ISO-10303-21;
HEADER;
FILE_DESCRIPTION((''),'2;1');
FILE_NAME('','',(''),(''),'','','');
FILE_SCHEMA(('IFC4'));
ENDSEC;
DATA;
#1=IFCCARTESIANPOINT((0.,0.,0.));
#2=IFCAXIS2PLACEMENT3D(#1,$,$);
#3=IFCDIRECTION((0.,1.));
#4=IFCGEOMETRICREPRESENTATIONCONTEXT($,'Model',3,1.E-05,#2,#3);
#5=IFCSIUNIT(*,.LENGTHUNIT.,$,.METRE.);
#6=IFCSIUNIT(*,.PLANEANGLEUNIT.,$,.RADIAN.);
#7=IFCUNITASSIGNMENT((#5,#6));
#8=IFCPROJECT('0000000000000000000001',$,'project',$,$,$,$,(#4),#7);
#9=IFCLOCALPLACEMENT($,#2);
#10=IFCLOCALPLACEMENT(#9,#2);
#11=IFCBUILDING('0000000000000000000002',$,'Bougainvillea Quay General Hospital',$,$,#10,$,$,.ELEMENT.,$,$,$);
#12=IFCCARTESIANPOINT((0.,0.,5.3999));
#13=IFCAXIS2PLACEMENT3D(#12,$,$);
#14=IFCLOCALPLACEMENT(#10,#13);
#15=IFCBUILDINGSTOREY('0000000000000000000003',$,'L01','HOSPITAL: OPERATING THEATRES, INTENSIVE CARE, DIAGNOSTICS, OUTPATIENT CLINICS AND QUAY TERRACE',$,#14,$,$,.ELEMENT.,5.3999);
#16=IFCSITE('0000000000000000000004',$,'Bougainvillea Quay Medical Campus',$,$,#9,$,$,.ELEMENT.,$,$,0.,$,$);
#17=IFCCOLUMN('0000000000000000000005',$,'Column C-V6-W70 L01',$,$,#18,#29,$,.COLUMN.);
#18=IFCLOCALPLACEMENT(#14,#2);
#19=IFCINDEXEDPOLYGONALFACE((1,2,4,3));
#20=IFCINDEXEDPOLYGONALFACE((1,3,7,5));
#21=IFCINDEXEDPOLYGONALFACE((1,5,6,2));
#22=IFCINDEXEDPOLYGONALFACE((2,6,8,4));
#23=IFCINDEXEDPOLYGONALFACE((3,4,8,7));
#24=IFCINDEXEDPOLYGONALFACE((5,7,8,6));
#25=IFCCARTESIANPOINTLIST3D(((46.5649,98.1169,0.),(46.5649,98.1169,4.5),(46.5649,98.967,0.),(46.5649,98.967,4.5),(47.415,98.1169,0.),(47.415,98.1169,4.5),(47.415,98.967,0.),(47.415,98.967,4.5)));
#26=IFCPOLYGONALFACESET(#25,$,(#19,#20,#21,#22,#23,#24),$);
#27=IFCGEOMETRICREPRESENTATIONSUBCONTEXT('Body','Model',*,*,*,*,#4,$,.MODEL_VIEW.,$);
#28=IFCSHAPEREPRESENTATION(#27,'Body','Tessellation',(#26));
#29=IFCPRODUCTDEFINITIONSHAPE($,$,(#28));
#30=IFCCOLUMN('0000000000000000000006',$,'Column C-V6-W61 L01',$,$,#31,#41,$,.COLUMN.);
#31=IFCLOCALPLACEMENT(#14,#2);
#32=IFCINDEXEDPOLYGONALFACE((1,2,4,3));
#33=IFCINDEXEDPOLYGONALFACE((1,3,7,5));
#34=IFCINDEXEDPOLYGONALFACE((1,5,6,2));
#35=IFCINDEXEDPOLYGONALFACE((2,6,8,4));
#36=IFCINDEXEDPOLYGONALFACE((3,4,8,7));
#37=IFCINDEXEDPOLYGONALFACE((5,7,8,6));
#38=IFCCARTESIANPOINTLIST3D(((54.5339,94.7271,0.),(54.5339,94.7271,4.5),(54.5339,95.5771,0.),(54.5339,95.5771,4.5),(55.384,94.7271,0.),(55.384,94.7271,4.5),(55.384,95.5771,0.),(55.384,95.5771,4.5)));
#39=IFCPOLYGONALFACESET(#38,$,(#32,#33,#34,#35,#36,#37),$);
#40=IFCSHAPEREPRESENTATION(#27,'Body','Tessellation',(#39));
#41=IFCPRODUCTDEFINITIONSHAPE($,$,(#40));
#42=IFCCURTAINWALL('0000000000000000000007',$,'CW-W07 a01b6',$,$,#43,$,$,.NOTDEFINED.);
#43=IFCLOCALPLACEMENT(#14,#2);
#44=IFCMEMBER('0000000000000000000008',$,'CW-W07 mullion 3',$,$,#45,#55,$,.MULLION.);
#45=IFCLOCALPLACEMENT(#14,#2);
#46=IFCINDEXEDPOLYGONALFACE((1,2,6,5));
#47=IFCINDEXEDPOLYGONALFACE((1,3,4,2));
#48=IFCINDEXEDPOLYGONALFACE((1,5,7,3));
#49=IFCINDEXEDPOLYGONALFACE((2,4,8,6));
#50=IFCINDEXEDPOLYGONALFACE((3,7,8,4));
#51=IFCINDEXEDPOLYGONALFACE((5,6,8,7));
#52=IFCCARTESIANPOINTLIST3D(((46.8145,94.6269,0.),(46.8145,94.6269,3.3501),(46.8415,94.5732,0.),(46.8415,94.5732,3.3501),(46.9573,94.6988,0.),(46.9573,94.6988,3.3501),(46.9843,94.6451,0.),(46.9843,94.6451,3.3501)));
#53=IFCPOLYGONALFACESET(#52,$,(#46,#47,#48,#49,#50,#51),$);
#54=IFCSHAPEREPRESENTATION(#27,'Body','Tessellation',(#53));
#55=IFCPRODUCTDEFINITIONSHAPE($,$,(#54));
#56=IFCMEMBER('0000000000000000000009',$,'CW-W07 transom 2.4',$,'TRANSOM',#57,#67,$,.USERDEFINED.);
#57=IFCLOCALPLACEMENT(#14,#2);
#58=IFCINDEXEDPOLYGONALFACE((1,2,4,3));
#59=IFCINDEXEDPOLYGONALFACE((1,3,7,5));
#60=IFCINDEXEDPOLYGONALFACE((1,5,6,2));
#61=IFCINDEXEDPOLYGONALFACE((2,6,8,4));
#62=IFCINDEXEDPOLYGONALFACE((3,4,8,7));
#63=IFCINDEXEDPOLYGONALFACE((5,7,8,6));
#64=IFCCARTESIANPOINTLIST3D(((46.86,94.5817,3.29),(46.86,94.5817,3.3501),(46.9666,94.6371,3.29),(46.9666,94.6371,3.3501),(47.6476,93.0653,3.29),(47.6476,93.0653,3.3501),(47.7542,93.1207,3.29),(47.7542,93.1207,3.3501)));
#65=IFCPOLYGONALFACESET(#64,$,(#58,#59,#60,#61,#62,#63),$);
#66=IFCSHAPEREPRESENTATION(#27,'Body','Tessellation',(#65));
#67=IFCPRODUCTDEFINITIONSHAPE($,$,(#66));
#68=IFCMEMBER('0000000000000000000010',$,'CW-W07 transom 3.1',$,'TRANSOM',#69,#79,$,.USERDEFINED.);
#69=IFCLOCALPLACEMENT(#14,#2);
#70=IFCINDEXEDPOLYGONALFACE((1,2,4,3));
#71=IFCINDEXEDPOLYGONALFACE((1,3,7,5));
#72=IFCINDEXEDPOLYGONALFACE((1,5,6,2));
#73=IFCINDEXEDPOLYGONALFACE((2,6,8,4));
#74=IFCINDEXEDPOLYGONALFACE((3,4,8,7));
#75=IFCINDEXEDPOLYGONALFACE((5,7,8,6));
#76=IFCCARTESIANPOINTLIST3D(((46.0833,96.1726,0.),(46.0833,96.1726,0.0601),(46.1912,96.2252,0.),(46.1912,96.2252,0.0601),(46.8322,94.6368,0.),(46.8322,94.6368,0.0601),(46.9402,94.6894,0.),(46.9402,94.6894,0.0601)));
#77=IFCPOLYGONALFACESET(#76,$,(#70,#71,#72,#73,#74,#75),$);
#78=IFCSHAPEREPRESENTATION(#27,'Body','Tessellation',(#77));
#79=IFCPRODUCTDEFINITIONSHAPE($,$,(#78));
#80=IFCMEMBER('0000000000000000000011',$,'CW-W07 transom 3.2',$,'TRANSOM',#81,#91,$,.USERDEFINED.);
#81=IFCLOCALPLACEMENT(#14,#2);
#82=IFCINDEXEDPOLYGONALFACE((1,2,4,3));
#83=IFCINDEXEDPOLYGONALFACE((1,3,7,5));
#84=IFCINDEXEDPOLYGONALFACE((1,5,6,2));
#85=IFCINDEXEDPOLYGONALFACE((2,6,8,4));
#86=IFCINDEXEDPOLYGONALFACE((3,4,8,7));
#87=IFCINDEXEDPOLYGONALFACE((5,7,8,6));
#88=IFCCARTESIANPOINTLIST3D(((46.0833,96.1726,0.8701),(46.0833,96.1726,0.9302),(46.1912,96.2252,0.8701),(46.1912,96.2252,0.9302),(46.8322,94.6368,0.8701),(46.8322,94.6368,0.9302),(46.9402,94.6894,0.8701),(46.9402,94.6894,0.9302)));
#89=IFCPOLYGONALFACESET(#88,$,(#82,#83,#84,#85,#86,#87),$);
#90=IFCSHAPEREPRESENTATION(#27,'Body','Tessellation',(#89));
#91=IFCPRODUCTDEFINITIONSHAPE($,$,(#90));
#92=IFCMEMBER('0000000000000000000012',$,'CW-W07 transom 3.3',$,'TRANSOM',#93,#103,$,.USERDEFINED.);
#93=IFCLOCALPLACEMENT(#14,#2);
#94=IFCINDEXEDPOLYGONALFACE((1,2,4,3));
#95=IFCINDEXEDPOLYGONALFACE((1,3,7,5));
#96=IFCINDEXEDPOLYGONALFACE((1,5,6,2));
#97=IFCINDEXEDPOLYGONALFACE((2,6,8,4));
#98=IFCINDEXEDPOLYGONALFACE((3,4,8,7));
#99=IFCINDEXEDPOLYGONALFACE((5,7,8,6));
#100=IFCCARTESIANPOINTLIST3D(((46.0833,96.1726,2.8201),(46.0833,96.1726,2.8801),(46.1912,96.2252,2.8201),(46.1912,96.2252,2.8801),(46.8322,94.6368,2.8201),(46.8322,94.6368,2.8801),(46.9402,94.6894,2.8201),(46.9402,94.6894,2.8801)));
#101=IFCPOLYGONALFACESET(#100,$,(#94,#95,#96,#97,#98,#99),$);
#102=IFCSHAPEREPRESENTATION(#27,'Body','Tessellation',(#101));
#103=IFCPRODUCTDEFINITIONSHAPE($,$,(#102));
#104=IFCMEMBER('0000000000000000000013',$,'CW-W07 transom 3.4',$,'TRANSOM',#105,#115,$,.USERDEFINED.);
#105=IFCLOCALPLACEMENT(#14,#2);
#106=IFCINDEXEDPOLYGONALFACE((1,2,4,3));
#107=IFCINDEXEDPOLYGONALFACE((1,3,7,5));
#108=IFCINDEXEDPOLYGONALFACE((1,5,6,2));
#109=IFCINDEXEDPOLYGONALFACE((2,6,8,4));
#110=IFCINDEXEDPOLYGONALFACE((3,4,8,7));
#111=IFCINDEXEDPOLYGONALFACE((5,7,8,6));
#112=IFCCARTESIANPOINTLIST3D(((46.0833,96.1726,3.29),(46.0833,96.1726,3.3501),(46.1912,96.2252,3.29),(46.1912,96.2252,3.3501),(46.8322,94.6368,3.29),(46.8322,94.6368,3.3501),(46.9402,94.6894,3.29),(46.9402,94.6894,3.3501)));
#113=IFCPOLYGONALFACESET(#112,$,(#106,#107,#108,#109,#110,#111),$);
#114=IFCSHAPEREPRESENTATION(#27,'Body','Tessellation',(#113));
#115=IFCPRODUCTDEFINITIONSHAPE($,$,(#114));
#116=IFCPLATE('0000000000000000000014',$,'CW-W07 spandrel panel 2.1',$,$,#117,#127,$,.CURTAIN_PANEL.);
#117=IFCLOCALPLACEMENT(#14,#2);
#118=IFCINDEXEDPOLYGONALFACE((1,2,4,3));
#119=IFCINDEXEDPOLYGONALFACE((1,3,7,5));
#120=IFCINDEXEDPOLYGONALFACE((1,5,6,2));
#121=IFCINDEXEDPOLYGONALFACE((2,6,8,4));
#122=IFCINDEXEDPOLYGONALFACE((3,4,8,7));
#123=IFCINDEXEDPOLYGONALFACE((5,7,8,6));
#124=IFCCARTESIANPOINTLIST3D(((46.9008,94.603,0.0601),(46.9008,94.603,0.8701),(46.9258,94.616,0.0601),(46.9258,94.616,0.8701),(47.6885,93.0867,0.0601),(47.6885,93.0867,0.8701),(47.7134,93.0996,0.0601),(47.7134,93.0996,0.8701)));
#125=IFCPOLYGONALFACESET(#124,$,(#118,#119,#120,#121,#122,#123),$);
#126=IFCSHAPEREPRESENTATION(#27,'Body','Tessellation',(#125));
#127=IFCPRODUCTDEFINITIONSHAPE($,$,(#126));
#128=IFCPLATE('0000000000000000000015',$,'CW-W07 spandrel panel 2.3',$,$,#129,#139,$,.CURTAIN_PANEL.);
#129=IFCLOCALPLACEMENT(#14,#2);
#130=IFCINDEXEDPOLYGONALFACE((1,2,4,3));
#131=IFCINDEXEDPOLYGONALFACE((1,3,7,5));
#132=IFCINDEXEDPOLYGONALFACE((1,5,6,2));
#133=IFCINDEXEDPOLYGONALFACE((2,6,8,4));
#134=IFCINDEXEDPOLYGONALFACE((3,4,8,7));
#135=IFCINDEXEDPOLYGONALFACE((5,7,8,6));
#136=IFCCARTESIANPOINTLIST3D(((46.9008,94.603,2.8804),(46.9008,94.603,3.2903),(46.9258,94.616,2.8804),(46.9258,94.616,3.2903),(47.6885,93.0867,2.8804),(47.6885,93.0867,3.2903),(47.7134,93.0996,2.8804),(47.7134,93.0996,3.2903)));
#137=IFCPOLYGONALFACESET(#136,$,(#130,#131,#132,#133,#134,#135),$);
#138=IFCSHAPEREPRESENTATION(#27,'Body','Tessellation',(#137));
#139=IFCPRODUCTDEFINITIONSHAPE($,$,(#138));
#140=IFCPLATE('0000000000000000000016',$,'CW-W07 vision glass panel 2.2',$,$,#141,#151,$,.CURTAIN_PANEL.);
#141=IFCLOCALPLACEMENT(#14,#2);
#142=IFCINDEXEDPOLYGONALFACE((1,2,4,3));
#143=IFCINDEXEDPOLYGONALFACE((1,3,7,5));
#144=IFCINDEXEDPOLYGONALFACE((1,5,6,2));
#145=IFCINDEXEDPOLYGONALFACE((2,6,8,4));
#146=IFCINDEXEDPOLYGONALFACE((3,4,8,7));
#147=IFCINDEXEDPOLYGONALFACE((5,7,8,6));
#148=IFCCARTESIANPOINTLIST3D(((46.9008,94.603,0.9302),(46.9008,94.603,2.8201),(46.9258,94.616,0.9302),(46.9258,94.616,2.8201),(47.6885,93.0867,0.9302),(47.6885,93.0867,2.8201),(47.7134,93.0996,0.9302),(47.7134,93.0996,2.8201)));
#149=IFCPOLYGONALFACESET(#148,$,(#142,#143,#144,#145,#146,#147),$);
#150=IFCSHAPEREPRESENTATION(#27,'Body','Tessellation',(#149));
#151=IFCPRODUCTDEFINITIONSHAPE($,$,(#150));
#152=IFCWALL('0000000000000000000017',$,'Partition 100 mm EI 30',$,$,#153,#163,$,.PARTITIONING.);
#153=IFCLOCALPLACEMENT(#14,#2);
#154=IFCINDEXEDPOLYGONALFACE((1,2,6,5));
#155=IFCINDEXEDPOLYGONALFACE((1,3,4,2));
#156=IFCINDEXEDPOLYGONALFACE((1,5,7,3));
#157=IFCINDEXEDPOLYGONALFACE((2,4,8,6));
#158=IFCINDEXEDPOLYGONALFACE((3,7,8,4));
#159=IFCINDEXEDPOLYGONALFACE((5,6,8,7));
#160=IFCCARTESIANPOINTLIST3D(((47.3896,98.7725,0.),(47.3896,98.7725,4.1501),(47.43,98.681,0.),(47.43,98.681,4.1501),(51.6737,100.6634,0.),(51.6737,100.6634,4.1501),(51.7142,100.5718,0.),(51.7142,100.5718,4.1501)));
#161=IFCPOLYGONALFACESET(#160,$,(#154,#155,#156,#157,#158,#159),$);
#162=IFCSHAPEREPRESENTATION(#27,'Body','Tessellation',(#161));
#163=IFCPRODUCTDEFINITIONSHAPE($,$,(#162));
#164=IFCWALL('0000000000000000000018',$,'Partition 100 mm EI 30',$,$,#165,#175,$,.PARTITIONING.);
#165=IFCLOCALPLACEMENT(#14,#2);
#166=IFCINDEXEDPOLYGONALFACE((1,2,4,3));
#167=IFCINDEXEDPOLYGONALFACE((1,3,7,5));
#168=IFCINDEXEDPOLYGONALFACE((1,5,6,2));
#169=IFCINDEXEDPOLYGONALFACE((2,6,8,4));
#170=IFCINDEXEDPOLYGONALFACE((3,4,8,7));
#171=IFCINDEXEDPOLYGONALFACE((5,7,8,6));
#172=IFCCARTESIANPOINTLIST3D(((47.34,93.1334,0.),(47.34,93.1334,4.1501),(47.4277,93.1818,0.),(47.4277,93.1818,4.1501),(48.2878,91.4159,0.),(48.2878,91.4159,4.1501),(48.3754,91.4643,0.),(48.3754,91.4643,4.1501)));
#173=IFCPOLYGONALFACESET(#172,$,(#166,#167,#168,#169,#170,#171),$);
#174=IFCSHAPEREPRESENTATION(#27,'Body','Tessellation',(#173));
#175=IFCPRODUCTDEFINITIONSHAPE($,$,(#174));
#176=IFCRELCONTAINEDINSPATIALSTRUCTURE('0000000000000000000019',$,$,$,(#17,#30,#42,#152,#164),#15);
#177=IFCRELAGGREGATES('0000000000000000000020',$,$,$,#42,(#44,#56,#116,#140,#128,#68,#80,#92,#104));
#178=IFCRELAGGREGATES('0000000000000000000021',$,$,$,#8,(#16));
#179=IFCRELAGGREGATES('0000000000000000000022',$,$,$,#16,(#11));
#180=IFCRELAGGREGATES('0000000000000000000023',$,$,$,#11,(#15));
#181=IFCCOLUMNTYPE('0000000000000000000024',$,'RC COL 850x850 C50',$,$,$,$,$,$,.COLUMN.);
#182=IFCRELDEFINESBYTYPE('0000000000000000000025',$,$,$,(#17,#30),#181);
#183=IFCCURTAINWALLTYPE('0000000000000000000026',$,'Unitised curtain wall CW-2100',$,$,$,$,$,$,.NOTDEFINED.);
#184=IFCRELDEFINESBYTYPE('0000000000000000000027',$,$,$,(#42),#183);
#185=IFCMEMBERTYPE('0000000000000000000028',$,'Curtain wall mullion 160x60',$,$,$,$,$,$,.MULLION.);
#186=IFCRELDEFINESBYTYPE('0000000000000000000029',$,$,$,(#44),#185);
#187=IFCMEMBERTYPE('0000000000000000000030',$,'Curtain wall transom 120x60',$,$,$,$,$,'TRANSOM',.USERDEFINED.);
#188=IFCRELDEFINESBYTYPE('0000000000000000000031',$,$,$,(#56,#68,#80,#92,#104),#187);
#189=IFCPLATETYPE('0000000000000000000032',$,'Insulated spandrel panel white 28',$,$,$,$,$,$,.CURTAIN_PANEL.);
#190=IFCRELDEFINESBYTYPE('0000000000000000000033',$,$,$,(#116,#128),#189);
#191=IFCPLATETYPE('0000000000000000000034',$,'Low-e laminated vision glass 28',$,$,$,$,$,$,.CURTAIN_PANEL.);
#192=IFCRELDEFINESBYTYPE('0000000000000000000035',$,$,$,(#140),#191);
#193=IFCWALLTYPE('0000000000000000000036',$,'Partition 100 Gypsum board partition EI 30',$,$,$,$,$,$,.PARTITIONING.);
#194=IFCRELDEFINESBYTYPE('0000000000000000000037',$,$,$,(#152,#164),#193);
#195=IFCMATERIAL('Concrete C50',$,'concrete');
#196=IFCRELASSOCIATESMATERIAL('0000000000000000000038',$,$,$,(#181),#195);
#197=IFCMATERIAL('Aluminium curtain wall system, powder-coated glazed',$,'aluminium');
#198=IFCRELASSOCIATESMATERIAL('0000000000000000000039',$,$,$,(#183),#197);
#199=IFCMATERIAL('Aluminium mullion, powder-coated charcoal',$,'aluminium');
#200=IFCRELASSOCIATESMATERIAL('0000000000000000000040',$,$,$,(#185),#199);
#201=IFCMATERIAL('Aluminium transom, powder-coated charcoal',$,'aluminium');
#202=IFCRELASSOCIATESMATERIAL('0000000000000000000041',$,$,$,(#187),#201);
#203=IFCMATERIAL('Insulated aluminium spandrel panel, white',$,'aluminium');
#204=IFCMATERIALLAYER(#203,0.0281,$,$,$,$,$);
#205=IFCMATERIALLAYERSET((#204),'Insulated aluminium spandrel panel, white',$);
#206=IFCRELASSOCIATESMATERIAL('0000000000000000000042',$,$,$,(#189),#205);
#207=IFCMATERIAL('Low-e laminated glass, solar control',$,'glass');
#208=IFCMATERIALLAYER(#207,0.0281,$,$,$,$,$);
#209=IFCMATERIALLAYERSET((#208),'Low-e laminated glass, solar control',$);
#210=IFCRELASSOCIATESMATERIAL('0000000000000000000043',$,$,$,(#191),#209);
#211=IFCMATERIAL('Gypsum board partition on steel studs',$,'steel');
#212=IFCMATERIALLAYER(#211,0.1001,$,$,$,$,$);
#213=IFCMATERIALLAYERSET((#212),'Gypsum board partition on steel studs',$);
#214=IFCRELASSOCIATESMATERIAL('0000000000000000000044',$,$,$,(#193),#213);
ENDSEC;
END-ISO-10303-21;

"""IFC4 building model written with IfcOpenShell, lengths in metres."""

from ifc_helpers import new_model, si_unit, direction, frame, frame_2d, origin, origin_2d, place, context, subcontext, project, spatial, rectangle, extrude, material, layer, layer_set, material_profile, profile_set, type_object, element, aggregate, save


model = new_model("IFC4")

# Units and contexts
model_context = context("Model", 3, precision=1e-05, world=origin(), true_north=direction((0.0, 1.0)))
body_context = subcontext(model_context, "Body", "Model", "MODEL_VIEW")
ifc_project = project(units=[si_unit("LENGTHUNIT", "METRE"), si_unit("PLANEANGLEUNIT", "RADIAN")], contexts=[model_context])

# Site, building, storey
site_placement = place(None, origin())
site = spatial("IfcSite", under=ifc_project, at=site_placement, Name="Bougainvillea Quay Medical Campus", CompositionType="ELEMENT", RefElevation=0.0)
building_placement = place(site_placement, origin())
building = spatial("IfcBuilding", under=site, at=building_placement, Name="Bougainvillea Quay General Hospital", CompositionType="ELEMENT")
storey_placement = place(building_placement, frame((0.0, 0.0, 5.3999)))
storey = spatial("IfcBuildingStorey", under=building, at=storey_placement, Name="L01", Description="HOSPITAL: OPERATING THEATRES, INTENSIVE CARE, DIAGNOSTICS, OUTPATIENT CLINICS AND QUAY TERRACE", CompositionType="ELEMENT", Elevation=5.3999)

# Columns
ifc_material_1 = material(Name="Concrete C50", Category="concrete")
ifc_material_profile_1 = material_profile(ifc_material_1, rectangle(XDim=0.8501, YDim=0.8501, at=origin_2d()))
ifc_profile_set_1 = profile_set([ifc_material_profile_1], Name="Concrete C50")
column_type = type_object("IfcColumnType", Name="RC COL 850x850 C50", PredefinedType="COLUMN", material=ifc_profile_set_1)
for number, where, z_axis, x_axis, name in (
    (1, (46.99, 98.542, 0.0), (0.0, 0.0, 1.0), (1.0, 0.0, 0.0), "Column C-V6-W70 L01"),
    (2, (54.959, 95.1521, 0.0), (0.0, 0.0, 1.0), (1.0, 0.0, 0.0), "Column C-V6-W61 L01"),
):
    element("IfcColumn", number, at=place(storey_placement, frame(where, z_axis=z_axis, x_axis=x_axis)), inside=storey, type_object=column_type, Name=name, PredefinedType="COLUMN", context=body_context, shape_type="SweptSolid", body=[
        extrude(rectangle(XDim=0.8501, YDim=0.8501, at=origin_2d()), origin(), (0.0, 0.0, 1.0), 4.5),
    ])

# Curtain wall, members, plates
ifc_material_2 = material(Name="Aluminium curtain wall system, powder-coated glazed", Category="aluminium")
curtain_wall_type = type_object("IfcCurtainWallType", Name="Unitised curtain wall CW-2100", PredefinedType="NOTDEFINED", material=ifc_material_2)
curtain_wall_placement = place(storey_placement, origin())
curtain_wall = element("IfcCurtainWall", 3, at=curtain_wall_placement, inside=storey, type_object=curtain_wall_type, Name="CW-W07 a01b6", PredefinedType="NOTDEFINED")
ifc_material_3 = material(Name="Aluminium mullion, powder-coated charcoal", Category="aluminium")
ifc_material_profile_2 = material_profile(ifc_material_3, rectangle(XDim=0.1599, YDim=0.0601, at=origin_2d()))
ifc_profile_set_2 = profile_set([ifc_material_profile_2], Name="Aluminium mullion, powder-coated charcoal")
member_type_1 = type_object("IfcMemberType", Name="Curtain wall mullion 160x60", PredefinedType="MULLION", material=ifc_profile_set_2)
member_1_placement = place(storey_placement, frame((46.8994, 94.636, 0.0), z_axis=(0.0, 0.0, 1.0), x_axis=(-0.893199, -0.449662, 0.0)))
member_1 = element("IfcMember", 4, at=member_1_placement, type_object=member_type_1, Name="CW-W07 mullion 3", PredefinedType="MULLION", context=body_context, shape_type="SweptSolid", body=[
    extrude(rectangle(XDim=0.1599, YDim=0.0601, at=origin_2d()), origin(), (0.0, 0.0, 1.0), 3.3501),
])
ifc_material_4 = material(Name="Aluminium transom, powder-coated charcoal", Category="aluminium")
ifc_material_profile_3 = material_profile(ifc_material_4, rectangle(XDim=0.1201, YDim=0.0601, at=origin_2d()))
ifc_profile_set_3 = profile_set([ifc_material_profile_3], Name="Aluminium transom, powder-coated charcoal")
member_type_2 = type_object("IfcMemberType", Name="Curtain wall transom 120x60", ElementType="TRANSOM", PredefinedType="USERDEFINED", material=ifc_profile_set_3)
member_2_placement = place(storey_placement, frame((47.7009, 93.093, 3.3201), z_axis=(-0.460934, 0.887434, 0.0), x_axis=(-0.887434, -0.460934, 0.0)))
member_2 = element("IfcMember", 5, at=member_2_placement, type_object=member_type_2, Name="CW-W07 transom 2.4", ObjectType="TRANSOM", PredefinedType="USERDEFINED", context=body_context, shape_type="SweptSolid", body=[
    extrude(rectangle(XDim=0.1201, YDim=0.0601, at=origin_2d()), origin(), (0.0, 0.0, 1.0), 1.7087),
])
member_3_placement = place(storey_placement, frame((46.8862, 94.6631, 0.03), z_axis=(-0.438334, 0.898812, 0.0), x_axis=(-0.898812, -0.438334, 0.0)))
member_3 = element("IfcMember", 6, at=member_3_placement, type_object=member_type_2, Name="CW-W07 transom 3.1", ObjectType="TRANSOM", PredefinedType="USERDEFINED", context=body_context, shape_type="SweptSolid", body=[
    extrude(rectangle(XDim=0.1201, YDim=0.0601, at=origin_2d()), origin(), (0.0, 0.0, 1.0), 1.7087),
])
member_4_placement = place(storey_placement, frame((46.8862, 94.6631, 0.9001), z_axis=(-0.438334, 0.898812, 0.0), x_axis=(-0.898812, -0.438334, 0.0)))
member_4 = element("IfcMember", 7, at=member_4_placement, type_object=member_type_2, Name="CW-W07 transom 3.2", ObjectType="TRANSOM", PredefinedType="USERDEFINED", context=body_context, shape_type="SweptSolid", body=[
    extrude(rectangle(XDim=0.1201, YDim=0.0601, at=origin_2d()), origin(), (0.0, 0.0, 1.0), 1.7087),
])
member_5_placement = place(storey_placement, frame((46.8862, 94.6631, 2.8501), z_axis=(-0.438334, 0.898812, 0.0), x_axis=(-0.898812, -0.438334, 0.0)))
member_5 = element("IfcMember", 8, at=member_5_placement, type_object=member_type_2, Name="CW-W07 transom 3.3", ObjectType="TRANSOM", PredefinedType="USERDEFINED", context=body_context, shape_type="SweptSolid", body=[
    extrude(rectangle(XDim=0.1201, YDim=0.0601, at=origin_2d()), origin(), (0.0, 0.0, 1.0), 1.7087),
])
member_6_placement = place(storey_placement, frame((46.8862, 94.6631, 3.3201), z_axis=(-0.438334, 0.898812, 0.0), x_axis=(-0.898812, -0.438334, 0.0)))
member_6 = element("IfcMember", 9, at=member_6_placement, type_object=member_type_2, Name="CW-W07 transom 3.4", ObjectType="TRANSOM", PredefinedType="USERDEFINED", context=body_context, shape_type="SweptSolid", body=[
    extrude(rectangle(XDim=0.1201, YDim=0.0601, at=origin_2d()), origin(), (0.0, 0.0, 1.0), 1.7087),
])
ifc_material_5 = material(Name="Insulated aluminium spandrel panel, white", Category="aluminium")
ifc_layer_1 = layer(ifc_material_5, 0.0281)
ifc_layer_set_1 = layer_set([ifc_layer_1], Name="Insulated aluminium spandrel panel, white")
plate_type_1 = type_object("IfcPlateType", Name="Insulated spandrel panel white 28", PredefinedType="CURTAIN_PANEL", material=ifc_layer_set_1)
plate_1_placement = place(storey_placement, frame((47.3071, 93.8513, 0.0601), z_axis=(0.0, 0.0, 1.0), x_axis=(-0.460951, 0.887426, 0.0)))
plate_1 = element("IfcPlate", 10, at=plate_1_placement, type_object=plate_type_1, Name="CW-W07 spandrel panel 2.1", PredefinedType="CURTAIN_PANEL", context=body_context, shape_type="SweptSolid", body=[
    extrude(rectangle(XDim=1.7087, YDim=0.0281, at=origin_2d()), origin(), (0.0, 0.0, 1.0), 0.8101),
])
plate_2_placement = place(storey_placement, frame((47.3071, 93.8513, 2.8804), z_axis=(0.0, 0.0, 1.0), x_axis=(-0.460951, 0.887426, 0.0)))
plate_2 = element("IfcPlate", 11, at=plate_2_placement, type_object=plate_type_1, Name="CW-W07 spandrel panel 2.3", PredefinedType="CURTAIN_PANEL", context=body_context, shape_type="SweptSolid", body=[
    extrude(rectangle(XDim=1.7087, YDim=0.0281, at=origin_2d()), origin(), (0.0, 0.0, 1.0), 0.4099),
])
ifc_material_6 = material(Name="Low-e laminated glass, solar control", Category="glass")
ifc_layer_2 = layer(ifc_material_6, 0.0281)
ifc_layer_set_2 = layer_set([ifc_layer_2], Name="Low-e laminated glass, solar control")
plate_type_2 = type_object("IfcPlateType", Name="Low-e laminated vision glass 28", PredefinedType="CURTAIN_PANEL", material=ifc_layer_set_2)
plate_3_placement = place(storey_placement, frame((47.3071, 93.8513, 0.9302), z_axis=(0.0, 0.0, 1.0), x_axis=(-0.460951, 0.887426, 0.0)))
plate_3 = element("IfcPlate", 12, at=plate_3_placement, type_object=plate_type_2, Name="CW-W07 vision glass panel 2.2", PredefinedType="CURTAIN_PANEL", context=body_context, shape_type="SweptSolid", body=[
    extrude(rectangle(XDim=1.7087, YDim=0.0281, at=origin_2d()), origin(), (0.0, 0.0, 1.0), 1.8899),
])
aggregate(curtain_wall, [member_1, member_2, plate_1, plate_3, plate_2, member_3, member_4, member_5, member_6])

# Walls
ifc_material_7 = material(Name="Gypsum board partition on steel studs", Category="steel")
ifc_layer_3 = layer(ifc_material_7, 0.1001)
ifc_layer_set_3 = layer_set([ifc_layer_3], Name="Gypsum board partition on steel studs")
wall_type_1 = type_object("IfcWallType", Name="Partition 100 Gypsum board partition EI 30", PredefinedType="PARTITIONING", material=ifc_layer_set_3)
wall_1_placement = place(storey_placement, frame((47.4099, 98.7268, 0.0), z_axis=(0.0, 0.0, 1.0), x_axis=(0.914856, 0.403781, 0.0)))
element("IfcWall", 13, at=wall_1_placement, inside=storey, type_object=wall_type_1, Name="Partition 100 mm EI 30", PredefinedType="PARTITIONING", context=body_context, shape_type="SweptSolid", body=[
    extrude(rectangle(XDim=4.6829, YDim=0.1001, at=frame_2d((2.3413, 0.0))), origin(), (0.0, 0.0, 1.0), 4.1501),
])
wall_2_placement = place(storey_placement, frame((47.3838, 93.1577, 0.0), z_axis=(0.0, 0.0, 1.0), x_axis=(0.483137, -0.875545, 0.0)))
element("IfcWall", 14, at=wall_2_placement, inside=storey, type_object=wall_type_1, Name="Partition 100 mm EI 30", PredefinedType="PARTITIONING", context=body_context, shape_type="SweptSolid", body=[
    extrude(rectangle(XDim=1.9617, YDim=0.1001, at=frame_2d((0.981, 0.0))), origin(), (0.0, 0.0, 1.0), 4.1501),
])

save(model, "model.ifc")
